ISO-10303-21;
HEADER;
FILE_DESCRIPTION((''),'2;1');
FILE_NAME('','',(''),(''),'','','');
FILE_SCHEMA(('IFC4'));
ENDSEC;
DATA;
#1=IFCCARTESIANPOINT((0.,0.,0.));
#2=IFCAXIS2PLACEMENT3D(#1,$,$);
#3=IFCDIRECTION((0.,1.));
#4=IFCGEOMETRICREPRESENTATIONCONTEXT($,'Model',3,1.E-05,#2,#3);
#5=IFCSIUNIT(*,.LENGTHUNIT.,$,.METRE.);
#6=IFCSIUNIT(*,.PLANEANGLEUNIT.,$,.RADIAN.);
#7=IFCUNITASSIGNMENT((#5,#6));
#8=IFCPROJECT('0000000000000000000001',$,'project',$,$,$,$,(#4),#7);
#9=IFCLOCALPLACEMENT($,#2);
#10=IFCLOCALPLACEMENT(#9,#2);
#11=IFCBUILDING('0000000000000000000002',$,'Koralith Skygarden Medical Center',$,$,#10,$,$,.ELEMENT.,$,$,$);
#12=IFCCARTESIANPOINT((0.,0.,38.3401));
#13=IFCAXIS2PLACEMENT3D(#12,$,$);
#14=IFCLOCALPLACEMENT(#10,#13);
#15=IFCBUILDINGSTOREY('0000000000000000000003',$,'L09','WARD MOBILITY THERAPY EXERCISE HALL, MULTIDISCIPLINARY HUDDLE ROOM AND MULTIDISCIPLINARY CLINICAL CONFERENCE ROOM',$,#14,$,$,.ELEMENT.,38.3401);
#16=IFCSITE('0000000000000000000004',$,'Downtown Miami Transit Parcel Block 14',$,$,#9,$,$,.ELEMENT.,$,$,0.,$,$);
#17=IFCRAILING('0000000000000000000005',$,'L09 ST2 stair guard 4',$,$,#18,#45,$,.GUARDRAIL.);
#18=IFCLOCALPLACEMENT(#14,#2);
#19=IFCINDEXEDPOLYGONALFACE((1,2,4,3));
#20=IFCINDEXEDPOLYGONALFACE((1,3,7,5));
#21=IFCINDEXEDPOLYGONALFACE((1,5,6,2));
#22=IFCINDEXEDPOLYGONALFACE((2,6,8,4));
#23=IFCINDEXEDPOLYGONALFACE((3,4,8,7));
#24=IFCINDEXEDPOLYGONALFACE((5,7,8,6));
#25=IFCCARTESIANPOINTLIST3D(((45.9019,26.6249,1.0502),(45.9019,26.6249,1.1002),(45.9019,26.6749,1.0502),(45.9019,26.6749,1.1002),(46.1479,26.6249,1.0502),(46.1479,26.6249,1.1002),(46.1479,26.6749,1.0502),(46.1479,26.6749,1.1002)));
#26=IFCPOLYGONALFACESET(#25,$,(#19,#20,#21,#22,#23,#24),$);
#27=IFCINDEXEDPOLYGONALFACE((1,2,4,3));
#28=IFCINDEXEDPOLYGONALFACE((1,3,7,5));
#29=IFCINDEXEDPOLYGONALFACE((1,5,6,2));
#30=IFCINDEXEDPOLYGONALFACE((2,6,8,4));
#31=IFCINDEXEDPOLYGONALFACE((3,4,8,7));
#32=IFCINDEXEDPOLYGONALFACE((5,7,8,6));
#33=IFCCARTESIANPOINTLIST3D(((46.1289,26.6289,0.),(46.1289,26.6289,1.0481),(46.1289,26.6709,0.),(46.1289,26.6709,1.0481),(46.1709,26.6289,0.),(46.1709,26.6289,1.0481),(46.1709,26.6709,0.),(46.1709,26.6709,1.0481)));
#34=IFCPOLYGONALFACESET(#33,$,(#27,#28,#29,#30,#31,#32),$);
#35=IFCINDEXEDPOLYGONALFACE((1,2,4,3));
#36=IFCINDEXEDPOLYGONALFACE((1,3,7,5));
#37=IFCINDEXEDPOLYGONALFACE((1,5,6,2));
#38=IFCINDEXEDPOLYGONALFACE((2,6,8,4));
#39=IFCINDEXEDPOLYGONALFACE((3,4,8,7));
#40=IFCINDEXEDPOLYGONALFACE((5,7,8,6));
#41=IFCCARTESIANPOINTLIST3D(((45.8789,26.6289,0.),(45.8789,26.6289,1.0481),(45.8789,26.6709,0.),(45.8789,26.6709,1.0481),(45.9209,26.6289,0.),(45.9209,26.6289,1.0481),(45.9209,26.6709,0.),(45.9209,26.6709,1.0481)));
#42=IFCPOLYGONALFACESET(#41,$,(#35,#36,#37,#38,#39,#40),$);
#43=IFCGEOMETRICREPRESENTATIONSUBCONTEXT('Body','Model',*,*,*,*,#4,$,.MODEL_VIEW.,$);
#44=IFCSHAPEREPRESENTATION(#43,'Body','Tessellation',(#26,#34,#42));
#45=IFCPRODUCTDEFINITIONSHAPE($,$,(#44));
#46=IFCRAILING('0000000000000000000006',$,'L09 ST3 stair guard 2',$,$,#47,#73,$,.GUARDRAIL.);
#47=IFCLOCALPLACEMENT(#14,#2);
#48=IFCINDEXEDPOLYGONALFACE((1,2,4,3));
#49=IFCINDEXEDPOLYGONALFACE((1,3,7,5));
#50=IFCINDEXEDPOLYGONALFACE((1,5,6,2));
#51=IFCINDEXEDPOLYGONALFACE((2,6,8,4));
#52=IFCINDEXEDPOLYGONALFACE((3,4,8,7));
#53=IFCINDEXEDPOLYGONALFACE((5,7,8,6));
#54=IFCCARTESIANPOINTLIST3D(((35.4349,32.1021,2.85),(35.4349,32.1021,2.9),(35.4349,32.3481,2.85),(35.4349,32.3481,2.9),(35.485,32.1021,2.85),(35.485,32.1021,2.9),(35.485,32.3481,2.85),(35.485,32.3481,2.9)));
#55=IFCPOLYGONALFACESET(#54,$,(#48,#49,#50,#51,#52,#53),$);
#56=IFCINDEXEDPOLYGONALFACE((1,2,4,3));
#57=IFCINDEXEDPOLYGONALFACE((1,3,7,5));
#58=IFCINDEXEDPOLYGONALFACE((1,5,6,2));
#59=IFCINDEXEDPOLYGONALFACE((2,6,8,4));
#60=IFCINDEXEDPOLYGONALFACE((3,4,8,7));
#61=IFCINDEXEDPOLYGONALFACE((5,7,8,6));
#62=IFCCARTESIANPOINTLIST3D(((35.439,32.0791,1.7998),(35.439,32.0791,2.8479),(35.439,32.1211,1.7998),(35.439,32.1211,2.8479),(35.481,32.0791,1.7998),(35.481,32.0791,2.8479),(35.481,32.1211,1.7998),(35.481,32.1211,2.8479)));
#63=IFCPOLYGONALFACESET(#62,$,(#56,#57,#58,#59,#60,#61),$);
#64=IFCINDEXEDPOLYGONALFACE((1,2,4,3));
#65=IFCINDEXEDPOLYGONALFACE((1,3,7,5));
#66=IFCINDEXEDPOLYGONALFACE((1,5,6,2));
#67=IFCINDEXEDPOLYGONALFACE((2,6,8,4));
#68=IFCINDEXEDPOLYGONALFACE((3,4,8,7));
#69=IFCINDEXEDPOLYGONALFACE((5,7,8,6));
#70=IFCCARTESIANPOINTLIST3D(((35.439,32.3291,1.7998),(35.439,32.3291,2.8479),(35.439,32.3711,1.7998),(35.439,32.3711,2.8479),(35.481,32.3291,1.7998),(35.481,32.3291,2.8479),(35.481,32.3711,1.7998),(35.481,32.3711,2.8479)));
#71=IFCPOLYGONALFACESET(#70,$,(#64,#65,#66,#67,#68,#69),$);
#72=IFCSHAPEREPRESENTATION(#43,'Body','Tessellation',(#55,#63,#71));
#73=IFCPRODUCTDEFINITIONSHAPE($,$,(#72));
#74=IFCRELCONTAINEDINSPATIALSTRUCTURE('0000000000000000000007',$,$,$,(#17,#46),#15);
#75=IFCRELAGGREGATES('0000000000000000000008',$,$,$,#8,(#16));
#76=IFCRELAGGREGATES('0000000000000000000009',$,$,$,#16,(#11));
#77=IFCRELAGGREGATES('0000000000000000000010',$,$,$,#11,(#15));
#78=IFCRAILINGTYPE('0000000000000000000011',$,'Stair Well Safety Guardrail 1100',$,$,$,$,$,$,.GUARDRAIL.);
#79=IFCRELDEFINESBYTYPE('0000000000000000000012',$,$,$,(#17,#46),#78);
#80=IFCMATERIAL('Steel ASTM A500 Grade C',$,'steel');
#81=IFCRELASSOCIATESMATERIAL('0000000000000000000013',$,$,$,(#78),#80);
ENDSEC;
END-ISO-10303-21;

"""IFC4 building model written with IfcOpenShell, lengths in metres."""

from ifc_helpers import new_model, si_unit, direction, frame, origin, origin_2d, place, context, subcontext, project, spatial, rectangle, extrude, material, type_object, element, save


model = new_model("IFC4")

# Units and contexts
model_context = context("Model", 3, precision=1e-05, world=origin(), true_north=direction((0.0, 1.0)))
body_context = subcontext(model_context, "Body", "Model", "MODEL_VIEW")
ifc_project = project(units=[si_unit("LENGTHUNIT", "METRE"), si_unit("PLANEANGLEUNIT", "RADIAN")], contexts=[model_context])

# Site, building, storey
site_placement = place(None, origin())
site = spatial("IfcSite", under=ifc_project, at=site_placement, Name="Downtown Miami Transit Parcel Block 14", CompositionType="ELEMENT", RefElevation=0.0)
building_placement = place(site_placement, origin())
building = spatial("IfcBuilding", under=site, at=building_placement, Name="Koralith Skygarden Medical Center", CompositionType="ELEMENT")
storey_placement = place(building_placement, frame((0.0, 0.0, 38.3401)))
storey = spatial("IfcBuildingStorey", under=building, at=storey_placement, Name="L09", Description="WARD MOBILITY THERAPY EXERCISE HALL, MULTIDISCIPLINARY HUDDLE ROOM AND MULTIDISCIPLINARY CLINICAL CONFERENCE ROOM", CompositionType="ELEMENT", Elevation=38.3401)

# Shared definitions
ifc_material_1 = material(Name="Steel ASTM A500 Grade C", Category="steel")

# Railings
railing_type_1 = type_object("IfcRailingType", Name="Stair Well Safety Guardrail 1100", PredefinedType="GUARDRAIL", material=ifc_material_1)
railing_1_placement = place(storey_placement, frame((46.1499, 26.6499, 0.0)))
element("IfcRailing", 1, at=railing_1_placement, inside=storey, type_object=railing_type_1, Name="L09 ST2 stair guard 4", PredefinedType="GUARDRAIL", context=body_context, shape_type="SweptSolid", body=[
    extrude(rectangle(XDim=0.05, YDim=0.05, at=origin_2d()), frame((-0.002, 0.0, 1.0752), z_axis=(-1.0, 0.0, 0.0), x_axis=(0.0, -1.0, 0.0)), (0.0, 0.0, 1.0), 0.2461),
    extrude(rectangle(XDim=0.042, YDim=0.042, at=origin_2d()), origin(), (0.0, 0.0, 1.0), 1.0481),
    extrude(rectangle(XDim=0.042, YDim=0.042, at=origin_2d()), frame((-0.25, 0.0, 0.0)), (0.0, 0.0, 1.0), 1.0481),
])
railing_2_placement = place(storey_placement, frame((35.46, 32.1001, 1.7998)))
element("IfcRailing", 2, at=railing_2_placement, inside=storey, type_object=railing_type_1, Name="L09 ST3 stair guard 2", PredefinedType="GUARDRAIL", context=body_context, shape_type="SweptSolid", body=[
    extrude(rectangle(XDim=0.05, YDim=0.05, at=origin_2d()), frame((0.0, 0.002, 1.0752), z_axis=(0.0, 1.0, 0.0), x_axis=(-1.0, 0.0, 0.0)), (0.0, 0.0, 1.0), 0.2461),
    extrude(rectangle(XDim=0.042, YDim=0.042, at=origin_2d()), origin(), (0.0, 0.0, 1.0), 1.0481),
    extrude(rectangle(XDim=0.042, YDim=0.042, at=origin_2d()), frame((0.0, 0.25, 0.0)), (0.0, 0.0, 1.0), 1.0481),
])

save(model, "model.ifc")
